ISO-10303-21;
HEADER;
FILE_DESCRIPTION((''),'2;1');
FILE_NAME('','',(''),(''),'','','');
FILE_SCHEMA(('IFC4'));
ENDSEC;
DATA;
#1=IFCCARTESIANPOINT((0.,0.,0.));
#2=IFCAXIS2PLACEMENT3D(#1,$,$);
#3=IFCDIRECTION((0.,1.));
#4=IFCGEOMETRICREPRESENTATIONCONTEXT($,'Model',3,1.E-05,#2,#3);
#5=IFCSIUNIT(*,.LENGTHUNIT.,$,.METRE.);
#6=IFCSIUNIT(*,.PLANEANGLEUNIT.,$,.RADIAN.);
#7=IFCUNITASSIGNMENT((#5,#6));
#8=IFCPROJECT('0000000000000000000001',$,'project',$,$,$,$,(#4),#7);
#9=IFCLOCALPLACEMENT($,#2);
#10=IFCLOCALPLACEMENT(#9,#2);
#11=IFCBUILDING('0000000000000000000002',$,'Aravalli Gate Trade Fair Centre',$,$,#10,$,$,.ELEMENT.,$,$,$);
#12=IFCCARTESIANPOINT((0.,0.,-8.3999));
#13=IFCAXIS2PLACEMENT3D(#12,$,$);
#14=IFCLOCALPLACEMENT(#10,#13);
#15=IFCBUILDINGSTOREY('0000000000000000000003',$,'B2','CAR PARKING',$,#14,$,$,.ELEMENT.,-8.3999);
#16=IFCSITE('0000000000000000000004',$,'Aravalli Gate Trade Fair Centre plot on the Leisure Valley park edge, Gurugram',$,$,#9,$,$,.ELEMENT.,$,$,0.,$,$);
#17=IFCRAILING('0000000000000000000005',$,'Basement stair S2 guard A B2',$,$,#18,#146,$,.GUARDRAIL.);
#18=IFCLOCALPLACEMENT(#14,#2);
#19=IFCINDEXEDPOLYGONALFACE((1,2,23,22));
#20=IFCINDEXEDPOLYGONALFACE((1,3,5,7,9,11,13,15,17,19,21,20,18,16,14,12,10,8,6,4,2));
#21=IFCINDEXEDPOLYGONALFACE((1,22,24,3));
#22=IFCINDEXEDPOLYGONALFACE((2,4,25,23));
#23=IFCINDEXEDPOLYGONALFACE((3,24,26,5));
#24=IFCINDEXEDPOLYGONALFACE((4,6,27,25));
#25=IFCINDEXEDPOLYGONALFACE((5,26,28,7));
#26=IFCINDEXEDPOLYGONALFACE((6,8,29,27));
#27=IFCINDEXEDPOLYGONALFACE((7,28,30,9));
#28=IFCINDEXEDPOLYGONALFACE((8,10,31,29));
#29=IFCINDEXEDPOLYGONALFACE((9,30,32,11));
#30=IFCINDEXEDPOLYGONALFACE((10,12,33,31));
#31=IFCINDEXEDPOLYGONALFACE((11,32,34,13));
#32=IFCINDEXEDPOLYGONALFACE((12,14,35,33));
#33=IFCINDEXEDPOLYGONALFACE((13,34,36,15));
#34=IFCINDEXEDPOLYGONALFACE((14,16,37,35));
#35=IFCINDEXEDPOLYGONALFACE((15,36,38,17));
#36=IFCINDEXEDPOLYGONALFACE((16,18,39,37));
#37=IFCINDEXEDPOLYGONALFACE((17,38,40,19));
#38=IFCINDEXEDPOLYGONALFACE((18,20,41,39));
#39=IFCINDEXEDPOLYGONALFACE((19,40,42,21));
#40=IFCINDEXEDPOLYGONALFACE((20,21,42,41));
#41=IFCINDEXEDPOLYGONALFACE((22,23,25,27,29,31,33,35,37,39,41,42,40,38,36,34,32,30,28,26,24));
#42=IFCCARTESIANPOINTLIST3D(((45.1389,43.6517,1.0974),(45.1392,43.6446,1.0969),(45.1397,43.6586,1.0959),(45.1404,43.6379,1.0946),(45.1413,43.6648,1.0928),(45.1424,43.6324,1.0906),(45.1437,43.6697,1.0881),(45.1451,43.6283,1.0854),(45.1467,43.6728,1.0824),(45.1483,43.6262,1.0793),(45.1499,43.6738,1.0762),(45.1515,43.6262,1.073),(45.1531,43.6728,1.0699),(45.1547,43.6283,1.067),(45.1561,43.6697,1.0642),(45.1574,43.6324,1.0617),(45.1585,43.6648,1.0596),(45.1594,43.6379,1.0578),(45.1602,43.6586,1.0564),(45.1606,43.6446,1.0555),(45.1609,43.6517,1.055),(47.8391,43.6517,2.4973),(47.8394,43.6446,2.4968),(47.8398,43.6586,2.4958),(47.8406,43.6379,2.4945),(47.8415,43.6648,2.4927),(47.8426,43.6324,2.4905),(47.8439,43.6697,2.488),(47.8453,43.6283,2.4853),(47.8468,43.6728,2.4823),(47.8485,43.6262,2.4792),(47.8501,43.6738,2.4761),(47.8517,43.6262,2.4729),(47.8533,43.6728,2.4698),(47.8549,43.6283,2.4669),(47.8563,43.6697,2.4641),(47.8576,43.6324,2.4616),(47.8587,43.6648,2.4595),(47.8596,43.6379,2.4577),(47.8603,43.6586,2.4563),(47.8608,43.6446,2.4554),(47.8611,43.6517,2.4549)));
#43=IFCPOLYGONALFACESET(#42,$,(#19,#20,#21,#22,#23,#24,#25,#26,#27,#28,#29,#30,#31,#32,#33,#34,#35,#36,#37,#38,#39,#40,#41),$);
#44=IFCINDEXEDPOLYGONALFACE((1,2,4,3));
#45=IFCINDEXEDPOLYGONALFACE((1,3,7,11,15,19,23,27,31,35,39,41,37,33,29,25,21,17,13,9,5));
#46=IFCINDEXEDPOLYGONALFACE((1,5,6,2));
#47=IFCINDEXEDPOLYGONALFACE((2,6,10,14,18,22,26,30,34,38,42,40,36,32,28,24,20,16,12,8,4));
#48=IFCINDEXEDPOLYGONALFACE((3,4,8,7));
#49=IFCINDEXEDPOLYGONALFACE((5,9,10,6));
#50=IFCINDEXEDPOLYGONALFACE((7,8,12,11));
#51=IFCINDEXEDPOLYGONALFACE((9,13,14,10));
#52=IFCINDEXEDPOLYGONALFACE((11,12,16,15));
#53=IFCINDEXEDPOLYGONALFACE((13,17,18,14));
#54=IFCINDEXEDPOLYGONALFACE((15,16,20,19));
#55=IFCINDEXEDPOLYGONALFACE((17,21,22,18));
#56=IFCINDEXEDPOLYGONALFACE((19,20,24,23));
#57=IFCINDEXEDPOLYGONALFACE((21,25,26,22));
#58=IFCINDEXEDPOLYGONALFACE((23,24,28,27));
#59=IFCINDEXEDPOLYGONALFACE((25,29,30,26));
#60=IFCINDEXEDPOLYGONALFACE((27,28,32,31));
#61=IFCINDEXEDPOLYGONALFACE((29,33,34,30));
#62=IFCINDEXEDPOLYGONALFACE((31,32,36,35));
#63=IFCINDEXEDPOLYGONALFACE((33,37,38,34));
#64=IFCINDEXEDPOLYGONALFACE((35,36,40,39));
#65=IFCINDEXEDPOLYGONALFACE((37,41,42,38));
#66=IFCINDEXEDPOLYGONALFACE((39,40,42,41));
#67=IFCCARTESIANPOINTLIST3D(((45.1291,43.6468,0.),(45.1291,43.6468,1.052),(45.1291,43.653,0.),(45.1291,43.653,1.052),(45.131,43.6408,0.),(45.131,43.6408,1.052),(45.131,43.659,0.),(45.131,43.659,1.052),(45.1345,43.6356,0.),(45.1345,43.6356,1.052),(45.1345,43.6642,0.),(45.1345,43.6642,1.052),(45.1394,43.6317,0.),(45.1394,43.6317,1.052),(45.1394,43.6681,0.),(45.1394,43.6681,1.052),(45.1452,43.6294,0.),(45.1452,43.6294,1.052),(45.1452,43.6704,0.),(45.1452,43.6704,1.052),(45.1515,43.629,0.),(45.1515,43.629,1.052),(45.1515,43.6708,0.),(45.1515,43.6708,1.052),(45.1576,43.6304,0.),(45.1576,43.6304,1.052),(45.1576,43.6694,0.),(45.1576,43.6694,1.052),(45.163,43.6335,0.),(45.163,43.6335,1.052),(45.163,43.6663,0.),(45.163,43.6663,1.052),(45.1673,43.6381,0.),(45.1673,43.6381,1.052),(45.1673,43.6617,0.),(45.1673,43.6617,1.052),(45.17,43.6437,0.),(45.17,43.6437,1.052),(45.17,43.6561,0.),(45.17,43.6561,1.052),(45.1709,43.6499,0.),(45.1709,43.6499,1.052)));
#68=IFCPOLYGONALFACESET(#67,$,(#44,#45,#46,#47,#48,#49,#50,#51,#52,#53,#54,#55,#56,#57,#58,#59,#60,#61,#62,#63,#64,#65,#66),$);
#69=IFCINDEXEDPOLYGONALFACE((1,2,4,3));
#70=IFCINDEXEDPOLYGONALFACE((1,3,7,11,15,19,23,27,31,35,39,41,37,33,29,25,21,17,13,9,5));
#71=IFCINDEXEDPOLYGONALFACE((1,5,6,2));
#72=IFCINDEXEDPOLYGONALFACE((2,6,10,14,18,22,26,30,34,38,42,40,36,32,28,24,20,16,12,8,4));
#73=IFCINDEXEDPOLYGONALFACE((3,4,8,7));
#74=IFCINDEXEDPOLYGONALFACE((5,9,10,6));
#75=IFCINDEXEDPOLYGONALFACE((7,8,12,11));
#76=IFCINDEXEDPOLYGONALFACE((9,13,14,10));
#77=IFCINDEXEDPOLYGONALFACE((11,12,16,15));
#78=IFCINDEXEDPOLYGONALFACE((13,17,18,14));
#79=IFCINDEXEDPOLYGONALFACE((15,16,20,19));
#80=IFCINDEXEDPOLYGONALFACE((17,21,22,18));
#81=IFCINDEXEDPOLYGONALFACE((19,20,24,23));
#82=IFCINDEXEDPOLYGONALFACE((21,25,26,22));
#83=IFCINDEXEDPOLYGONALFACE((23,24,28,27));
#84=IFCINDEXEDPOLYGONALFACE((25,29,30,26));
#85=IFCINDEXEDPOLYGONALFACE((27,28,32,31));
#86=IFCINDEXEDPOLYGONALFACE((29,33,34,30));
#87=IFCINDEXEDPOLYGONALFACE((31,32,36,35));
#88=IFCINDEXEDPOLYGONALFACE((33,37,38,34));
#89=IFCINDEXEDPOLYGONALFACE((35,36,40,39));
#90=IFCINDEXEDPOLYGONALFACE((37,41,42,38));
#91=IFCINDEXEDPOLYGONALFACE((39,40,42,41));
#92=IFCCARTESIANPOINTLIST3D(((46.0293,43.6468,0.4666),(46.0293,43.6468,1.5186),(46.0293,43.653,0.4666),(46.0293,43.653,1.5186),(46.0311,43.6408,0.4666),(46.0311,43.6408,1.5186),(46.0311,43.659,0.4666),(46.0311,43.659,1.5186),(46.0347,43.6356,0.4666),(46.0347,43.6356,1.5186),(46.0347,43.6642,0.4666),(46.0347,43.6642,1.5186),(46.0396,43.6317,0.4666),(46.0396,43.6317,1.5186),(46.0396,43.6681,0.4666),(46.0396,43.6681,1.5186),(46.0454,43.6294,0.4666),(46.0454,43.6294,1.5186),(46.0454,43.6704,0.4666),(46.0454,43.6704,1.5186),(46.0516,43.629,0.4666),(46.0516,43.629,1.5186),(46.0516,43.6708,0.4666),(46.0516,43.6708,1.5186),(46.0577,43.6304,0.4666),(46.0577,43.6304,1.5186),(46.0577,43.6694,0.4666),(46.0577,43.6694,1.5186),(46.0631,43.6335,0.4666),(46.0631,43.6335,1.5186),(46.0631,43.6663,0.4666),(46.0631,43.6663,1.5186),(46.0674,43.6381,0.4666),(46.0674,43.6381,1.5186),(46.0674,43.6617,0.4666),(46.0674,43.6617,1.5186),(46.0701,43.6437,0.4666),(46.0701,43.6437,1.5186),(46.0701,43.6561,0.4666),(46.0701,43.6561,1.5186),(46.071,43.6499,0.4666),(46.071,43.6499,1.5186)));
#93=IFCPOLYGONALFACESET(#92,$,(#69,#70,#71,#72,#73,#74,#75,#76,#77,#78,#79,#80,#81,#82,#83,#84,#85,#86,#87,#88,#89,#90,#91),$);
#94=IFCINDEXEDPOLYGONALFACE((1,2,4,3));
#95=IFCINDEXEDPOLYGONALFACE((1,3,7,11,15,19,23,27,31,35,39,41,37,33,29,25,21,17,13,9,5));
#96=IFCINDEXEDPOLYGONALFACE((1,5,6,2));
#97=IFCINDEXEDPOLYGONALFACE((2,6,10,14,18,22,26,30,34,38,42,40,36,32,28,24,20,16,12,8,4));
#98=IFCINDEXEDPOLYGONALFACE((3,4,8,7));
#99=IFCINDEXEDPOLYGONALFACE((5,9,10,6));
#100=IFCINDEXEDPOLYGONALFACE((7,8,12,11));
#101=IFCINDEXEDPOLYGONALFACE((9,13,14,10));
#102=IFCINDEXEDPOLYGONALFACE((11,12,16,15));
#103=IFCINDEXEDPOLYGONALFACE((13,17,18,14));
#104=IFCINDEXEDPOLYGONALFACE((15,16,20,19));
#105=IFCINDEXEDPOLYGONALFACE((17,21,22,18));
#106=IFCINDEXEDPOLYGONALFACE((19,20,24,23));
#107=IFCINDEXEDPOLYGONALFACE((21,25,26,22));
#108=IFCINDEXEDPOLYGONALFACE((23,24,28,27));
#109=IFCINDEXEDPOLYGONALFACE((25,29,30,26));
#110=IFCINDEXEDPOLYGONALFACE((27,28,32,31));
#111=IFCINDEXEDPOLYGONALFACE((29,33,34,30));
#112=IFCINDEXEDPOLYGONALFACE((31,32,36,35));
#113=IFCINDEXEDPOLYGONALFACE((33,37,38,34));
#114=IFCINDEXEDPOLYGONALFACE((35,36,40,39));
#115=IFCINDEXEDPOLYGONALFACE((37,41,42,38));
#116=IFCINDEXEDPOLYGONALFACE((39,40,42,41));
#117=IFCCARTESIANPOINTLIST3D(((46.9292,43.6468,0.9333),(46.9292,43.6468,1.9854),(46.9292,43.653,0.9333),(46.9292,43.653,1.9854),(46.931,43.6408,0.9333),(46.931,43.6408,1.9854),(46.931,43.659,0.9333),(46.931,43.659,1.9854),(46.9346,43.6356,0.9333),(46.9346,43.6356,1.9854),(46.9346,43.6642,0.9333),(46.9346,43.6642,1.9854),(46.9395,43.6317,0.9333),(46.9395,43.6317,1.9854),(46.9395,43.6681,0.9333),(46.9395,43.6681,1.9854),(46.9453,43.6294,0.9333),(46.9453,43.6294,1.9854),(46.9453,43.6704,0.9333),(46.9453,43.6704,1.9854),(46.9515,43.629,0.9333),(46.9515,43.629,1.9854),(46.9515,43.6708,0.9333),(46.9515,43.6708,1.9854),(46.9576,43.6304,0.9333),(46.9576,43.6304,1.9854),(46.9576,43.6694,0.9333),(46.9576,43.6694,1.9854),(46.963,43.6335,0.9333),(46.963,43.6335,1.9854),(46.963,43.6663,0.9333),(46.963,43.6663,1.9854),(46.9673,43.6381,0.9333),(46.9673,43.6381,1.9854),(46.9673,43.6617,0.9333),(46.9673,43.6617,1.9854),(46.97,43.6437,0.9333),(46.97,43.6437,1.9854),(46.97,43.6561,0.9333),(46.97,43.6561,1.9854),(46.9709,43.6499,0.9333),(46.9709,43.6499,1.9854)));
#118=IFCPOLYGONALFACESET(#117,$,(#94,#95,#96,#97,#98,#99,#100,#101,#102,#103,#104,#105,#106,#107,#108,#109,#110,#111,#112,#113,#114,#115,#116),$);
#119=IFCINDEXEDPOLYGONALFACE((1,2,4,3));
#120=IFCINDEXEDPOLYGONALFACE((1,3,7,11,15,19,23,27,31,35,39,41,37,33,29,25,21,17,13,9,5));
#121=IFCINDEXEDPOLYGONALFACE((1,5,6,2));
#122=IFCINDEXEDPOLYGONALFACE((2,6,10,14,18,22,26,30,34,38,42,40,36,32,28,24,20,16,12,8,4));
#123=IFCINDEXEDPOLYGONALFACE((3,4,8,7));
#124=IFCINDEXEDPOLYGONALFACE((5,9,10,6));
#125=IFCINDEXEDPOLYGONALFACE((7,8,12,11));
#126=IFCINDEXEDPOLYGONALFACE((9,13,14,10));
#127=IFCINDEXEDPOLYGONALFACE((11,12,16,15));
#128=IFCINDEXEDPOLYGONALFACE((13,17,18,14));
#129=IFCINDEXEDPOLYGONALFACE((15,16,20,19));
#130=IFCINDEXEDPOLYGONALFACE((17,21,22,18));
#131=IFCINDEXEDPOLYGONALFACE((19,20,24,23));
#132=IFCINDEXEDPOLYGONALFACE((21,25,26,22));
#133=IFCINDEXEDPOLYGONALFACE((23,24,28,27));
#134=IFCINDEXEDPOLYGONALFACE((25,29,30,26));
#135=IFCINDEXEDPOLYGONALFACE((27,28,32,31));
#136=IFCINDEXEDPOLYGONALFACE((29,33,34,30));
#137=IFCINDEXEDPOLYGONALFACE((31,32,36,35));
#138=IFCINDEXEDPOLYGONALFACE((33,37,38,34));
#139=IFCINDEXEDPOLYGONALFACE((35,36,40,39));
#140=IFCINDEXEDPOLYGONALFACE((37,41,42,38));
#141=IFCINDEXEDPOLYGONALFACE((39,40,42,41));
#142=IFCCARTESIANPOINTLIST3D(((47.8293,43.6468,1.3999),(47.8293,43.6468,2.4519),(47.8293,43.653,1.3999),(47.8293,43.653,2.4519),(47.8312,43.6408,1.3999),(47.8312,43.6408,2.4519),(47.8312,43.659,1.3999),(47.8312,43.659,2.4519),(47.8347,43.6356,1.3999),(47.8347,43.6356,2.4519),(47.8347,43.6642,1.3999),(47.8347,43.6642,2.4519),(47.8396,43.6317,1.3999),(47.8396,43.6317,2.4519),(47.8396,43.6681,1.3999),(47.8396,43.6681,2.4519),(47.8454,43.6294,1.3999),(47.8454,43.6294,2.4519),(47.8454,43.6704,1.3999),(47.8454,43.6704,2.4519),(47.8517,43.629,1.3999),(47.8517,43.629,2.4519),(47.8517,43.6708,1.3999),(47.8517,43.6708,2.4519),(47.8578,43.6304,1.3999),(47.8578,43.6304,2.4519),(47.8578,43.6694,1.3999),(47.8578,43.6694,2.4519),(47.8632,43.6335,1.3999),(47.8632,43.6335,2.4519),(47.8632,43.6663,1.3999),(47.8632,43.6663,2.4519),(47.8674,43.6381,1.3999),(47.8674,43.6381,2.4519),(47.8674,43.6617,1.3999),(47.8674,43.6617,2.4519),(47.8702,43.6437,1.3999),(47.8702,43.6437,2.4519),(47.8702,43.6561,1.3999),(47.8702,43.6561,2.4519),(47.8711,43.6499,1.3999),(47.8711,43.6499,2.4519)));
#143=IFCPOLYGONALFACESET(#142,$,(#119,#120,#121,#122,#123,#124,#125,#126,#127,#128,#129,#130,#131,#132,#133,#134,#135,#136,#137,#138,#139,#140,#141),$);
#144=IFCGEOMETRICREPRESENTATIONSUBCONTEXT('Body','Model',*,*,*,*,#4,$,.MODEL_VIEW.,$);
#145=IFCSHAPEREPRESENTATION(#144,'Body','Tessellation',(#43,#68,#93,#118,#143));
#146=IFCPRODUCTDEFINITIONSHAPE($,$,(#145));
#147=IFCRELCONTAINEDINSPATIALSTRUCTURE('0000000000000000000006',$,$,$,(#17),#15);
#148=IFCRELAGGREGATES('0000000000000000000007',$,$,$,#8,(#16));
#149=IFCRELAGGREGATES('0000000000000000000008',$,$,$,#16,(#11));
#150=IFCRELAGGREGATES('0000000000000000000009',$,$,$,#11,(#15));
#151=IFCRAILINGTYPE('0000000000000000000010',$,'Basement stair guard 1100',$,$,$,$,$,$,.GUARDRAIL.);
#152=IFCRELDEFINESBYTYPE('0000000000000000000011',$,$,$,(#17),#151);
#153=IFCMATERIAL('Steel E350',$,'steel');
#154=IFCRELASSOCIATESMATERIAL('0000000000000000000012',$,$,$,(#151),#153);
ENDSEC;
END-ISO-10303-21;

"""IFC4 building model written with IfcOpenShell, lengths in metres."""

from ifc_helpers import new_model, si_unit, direction, frame, origin, origin_2d, place, context, subcontext, project, spatial, circle, extrude, material, type_object, element, save


model = new_model("IFC4")

# Units and contexts
model_context = context("Model", 3, precision=1e-05, world=origin(), true_north=direction((0.0, 1.0)))
body_context = subcontext(model_context, "Body", "Model", "MODEL_VIEW")
ifc_project = project(units=[si_unit("LENGTHUNIT", "METRE"), si_unit("PLANEANGLEUNIT", "RADIAN")], contexts=[model_context])

# Site, building, storey
site_placement = place(None, origin())
site = spatial("IfcSite", under=ifc_project, at=site_placement, Name="Aravalli Gate Trade Fair Centre plot on the Leisure Valley park edge, Gurugram", CompositionType="ELEMENT", RefElevation=0.0)
building_placement = place(site_placement, origin())
building = spatial("IfcBuilding", under=site, at=building_placement, Name="Aravalli Gate Trade Fair Centre", CompositionType="ELEMENT")
storey_placement = place(building_placement, frame((0.0, 0.0, -8.3999)))
storey = spatial("IfcBuildingStorey", under=building, at=storey_placement, Name="B2", Description="CAR PARKING", CompositionType="ELEMENT", Elevation=-8.3999)

# Railing
ifc_material_1 = material(Name="Steel E350", Category="steel")
railing_type_1 = type_object("IfcRailingType", Name="Basement stair guard 1100", PredefinedType="GUARDRAIL", material=ifc_material_1)
railing_1_placement = place(storey_placement, frame((45.1499, 43.6499, 0.0)))
element("IfcRailing", 1, at=railing_1_placement, inside=storey, type_object=railing_type_1, Name="Basement stair S2 guard A B2", PredefinedType="GUARDRAIL", context=body_context, shape_type="SweptSolid", body=[
    extrude(circle(Radius=0.0239, at=origin_2d()), frame((0.0, 0.0, 1.0762), z_axis=(0.887781, 0.0, 0.460266), x_axis=(0.0, 1.0, 0.0)), (0.0, 0.0, 1.0), 3.0415),
    extrude(circle(Radius=0.021, at=origin_2d()), origin(), (0.0, 0.0, 1.0), 1.052),
    extrude(circle(Radius=0.021, at=origin_2d()), frame((0.9001, 0.0, 0.4666)), (0.0, 0.0, 1.0), 1.052),
    extrude(circle(Radius=0.021, at=origin_2d()), frame((1.8, 0.0, 0.9333)), (0.0, 0.0, 1.0), 1.052),
    extrude(circle(Radius=0.021, at=origin_2d()), frame((2.7002, 0.0, 1.3999)), (0.0, 0.0, 1.0), 1.052),
])

save(model, "model.ifc")
